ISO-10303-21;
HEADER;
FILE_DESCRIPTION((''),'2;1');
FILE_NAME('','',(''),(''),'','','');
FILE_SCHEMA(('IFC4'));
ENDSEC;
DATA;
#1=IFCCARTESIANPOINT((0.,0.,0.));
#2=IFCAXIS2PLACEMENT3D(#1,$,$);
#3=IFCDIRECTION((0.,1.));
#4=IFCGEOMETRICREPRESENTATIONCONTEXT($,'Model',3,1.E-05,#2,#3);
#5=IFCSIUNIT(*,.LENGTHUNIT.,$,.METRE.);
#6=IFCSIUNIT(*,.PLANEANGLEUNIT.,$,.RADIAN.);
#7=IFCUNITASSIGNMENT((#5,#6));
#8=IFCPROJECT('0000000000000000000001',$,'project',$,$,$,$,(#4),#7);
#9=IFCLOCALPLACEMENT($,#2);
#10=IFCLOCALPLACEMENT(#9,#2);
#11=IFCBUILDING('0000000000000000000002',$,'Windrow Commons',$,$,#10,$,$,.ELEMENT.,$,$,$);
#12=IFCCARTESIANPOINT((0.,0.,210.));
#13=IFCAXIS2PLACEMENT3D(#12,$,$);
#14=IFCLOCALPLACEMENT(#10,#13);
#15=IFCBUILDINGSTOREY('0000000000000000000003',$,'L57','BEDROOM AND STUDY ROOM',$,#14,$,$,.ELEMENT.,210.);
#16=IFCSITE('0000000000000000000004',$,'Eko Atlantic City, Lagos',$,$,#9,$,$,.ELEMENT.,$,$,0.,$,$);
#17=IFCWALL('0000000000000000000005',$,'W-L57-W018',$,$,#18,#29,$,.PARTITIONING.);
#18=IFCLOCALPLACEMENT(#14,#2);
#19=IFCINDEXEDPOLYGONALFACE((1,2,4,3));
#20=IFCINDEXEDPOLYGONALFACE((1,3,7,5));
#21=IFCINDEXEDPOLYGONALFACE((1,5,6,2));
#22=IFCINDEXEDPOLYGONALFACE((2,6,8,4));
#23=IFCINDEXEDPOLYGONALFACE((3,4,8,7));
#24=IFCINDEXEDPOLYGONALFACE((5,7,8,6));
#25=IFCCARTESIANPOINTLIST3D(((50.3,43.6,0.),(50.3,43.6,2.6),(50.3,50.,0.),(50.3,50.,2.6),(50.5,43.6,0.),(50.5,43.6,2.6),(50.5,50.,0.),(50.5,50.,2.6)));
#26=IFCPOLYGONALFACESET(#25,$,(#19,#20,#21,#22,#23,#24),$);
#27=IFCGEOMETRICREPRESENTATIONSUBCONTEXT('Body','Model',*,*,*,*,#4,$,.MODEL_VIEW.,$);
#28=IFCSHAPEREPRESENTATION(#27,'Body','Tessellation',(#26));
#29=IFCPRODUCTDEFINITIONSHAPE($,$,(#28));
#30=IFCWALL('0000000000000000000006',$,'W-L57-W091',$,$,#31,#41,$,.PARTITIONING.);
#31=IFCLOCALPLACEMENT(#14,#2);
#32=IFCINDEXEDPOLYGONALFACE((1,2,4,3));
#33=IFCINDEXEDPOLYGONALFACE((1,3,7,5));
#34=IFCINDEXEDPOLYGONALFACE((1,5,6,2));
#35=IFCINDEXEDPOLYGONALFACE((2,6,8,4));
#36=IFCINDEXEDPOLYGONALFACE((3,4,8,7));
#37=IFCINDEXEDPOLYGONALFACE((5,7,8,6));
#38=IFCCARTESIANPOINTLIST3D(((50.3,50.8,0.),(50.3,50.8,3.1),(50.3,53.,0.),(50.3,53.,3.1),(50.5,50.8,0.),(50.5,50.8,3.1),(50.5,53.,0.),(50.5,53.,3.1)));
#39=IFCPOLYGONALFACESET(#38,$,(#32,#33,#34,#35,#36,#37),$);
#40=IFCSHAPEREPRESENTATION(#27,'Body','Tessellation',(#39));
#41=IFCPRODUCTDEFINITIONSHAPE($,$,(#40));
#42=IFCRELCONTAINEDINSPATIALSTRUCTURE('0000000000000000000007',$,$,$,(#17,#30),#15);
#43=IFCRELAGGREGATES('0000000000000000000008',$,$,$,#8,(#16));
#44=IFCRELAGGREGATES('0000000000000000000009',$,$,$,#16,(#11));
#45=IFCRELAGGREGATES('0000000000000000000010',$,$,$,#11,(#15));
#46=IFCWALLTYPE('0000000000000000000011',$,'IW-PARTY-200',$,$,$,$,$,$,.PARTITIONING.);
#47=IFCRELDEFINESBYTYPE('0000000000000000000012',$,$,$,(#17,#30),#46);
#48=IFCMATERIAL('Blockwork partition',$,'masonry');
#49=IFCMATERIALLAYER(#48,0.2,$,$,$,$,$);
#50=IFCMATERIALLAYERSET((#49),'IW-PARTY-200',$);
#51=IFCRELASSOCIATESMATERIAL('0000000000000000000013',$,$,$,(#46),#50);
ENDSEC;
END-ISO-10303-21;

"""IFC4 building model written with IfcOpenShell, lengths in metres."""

from ifc_helpers import new_model, si_unit, direction, frame, frame_2d, origin, place, context, subcontext, project, spatial, rectangle, extrude, material, layer, layer_set, type_object, element, save


model = new_model("IFC4")

# Units and contexts
model_context = context("Model", 3, precision=1e-05, world=origin(), true_north=direction((0.0, 1.0)))
body_context = subcontext(model_context, "Body", "Model", "MODEL_VIEW")
ifc_project = project(units=[si_unit("LENGTHUNIT", "METRE"), si_unit("PLANEANGLEUNIT", "RADIAN")], contexts=[model_context])

# Site, building, storey
site_placement = place(None, origin())
site = spatial("IfcSite", under=ifc_project, at=site_placement, Name="Eko Atlantic City, Lagos", CompositionType="ELEMENT", RefElevation=0.0)
building_placement = place(site_placement, origin())
building = spatial("IfcBuilding", under=site, at=building_placement, Name="Windrow Commons", CompositionType="ELEMENT")
storey_placement = place(building_placement, frame((0.0, 0.0, 210.0)))
storey = spatial("IfcBuildingStorey", under=building, at=storey_placement, Name="L57", Description="BEDROOM AND STUDY ROOM", CompositionType="ELEMENT", Elevation=210.0)

# Walls
ifc_material_1 = material(Name="Blockwork partition", Category="masonry")
ifc_layer_1 = layer(ifc_material_1, 0.2)
ifc_layer_set_1 = layer_set([ifc_layer_1], Name="IW-PARTY-200")
wall_type_1 = type_object("IfcWallType", Name="IW-PARTY-200", PredefinedType="PARTITIONING", material=ifc_layer_set_1)
for number, where, z_axis, x_axis, name in (
    (1, (50.4, 43.6, 0.0), (0.0, 0.0, 1.0), (0.0, 1.0, 0.0), "W-L57-W018"),
):
    element("IfcWall", number, at=place(storey_placement, frame(where, z_axis=z_axis, x_axis=x_axis)), inside=storey, type_object=wall_type_1, Name=name, PredefinedType="PARTITIONING", context=body_context, shape_type="SweptSolid", body=[
        extrude(rectangle(XDim=6.4, YDim=0.2, at=frame_2d((3.2, 0.0))), origin(), (0.0, 0.0, 1.0), 2.6),
    ])
wall_1_placement = place(storey_placement, frame((50.4, 50.8, 0.0), z_axis=(0.0, 0.0, 1.0), x_axis=(0.0, 1.0, 0.0)))
element("IfcWall", 2, at=wall_1_placement, inside=storey, type_object=wall_type_1, Name="W-L57-W091", PredefinedType="PARTITIONING", context=body_context, shape_type="SweptSolid", body=[
    extrude(rectangle(XDim=2.2, YDim=0.2, at=frame_2d((1.1, 0.0))), origin(), (0.0, 0.0, 1.0), 3.1),
])

save(model, "model.ifc")
